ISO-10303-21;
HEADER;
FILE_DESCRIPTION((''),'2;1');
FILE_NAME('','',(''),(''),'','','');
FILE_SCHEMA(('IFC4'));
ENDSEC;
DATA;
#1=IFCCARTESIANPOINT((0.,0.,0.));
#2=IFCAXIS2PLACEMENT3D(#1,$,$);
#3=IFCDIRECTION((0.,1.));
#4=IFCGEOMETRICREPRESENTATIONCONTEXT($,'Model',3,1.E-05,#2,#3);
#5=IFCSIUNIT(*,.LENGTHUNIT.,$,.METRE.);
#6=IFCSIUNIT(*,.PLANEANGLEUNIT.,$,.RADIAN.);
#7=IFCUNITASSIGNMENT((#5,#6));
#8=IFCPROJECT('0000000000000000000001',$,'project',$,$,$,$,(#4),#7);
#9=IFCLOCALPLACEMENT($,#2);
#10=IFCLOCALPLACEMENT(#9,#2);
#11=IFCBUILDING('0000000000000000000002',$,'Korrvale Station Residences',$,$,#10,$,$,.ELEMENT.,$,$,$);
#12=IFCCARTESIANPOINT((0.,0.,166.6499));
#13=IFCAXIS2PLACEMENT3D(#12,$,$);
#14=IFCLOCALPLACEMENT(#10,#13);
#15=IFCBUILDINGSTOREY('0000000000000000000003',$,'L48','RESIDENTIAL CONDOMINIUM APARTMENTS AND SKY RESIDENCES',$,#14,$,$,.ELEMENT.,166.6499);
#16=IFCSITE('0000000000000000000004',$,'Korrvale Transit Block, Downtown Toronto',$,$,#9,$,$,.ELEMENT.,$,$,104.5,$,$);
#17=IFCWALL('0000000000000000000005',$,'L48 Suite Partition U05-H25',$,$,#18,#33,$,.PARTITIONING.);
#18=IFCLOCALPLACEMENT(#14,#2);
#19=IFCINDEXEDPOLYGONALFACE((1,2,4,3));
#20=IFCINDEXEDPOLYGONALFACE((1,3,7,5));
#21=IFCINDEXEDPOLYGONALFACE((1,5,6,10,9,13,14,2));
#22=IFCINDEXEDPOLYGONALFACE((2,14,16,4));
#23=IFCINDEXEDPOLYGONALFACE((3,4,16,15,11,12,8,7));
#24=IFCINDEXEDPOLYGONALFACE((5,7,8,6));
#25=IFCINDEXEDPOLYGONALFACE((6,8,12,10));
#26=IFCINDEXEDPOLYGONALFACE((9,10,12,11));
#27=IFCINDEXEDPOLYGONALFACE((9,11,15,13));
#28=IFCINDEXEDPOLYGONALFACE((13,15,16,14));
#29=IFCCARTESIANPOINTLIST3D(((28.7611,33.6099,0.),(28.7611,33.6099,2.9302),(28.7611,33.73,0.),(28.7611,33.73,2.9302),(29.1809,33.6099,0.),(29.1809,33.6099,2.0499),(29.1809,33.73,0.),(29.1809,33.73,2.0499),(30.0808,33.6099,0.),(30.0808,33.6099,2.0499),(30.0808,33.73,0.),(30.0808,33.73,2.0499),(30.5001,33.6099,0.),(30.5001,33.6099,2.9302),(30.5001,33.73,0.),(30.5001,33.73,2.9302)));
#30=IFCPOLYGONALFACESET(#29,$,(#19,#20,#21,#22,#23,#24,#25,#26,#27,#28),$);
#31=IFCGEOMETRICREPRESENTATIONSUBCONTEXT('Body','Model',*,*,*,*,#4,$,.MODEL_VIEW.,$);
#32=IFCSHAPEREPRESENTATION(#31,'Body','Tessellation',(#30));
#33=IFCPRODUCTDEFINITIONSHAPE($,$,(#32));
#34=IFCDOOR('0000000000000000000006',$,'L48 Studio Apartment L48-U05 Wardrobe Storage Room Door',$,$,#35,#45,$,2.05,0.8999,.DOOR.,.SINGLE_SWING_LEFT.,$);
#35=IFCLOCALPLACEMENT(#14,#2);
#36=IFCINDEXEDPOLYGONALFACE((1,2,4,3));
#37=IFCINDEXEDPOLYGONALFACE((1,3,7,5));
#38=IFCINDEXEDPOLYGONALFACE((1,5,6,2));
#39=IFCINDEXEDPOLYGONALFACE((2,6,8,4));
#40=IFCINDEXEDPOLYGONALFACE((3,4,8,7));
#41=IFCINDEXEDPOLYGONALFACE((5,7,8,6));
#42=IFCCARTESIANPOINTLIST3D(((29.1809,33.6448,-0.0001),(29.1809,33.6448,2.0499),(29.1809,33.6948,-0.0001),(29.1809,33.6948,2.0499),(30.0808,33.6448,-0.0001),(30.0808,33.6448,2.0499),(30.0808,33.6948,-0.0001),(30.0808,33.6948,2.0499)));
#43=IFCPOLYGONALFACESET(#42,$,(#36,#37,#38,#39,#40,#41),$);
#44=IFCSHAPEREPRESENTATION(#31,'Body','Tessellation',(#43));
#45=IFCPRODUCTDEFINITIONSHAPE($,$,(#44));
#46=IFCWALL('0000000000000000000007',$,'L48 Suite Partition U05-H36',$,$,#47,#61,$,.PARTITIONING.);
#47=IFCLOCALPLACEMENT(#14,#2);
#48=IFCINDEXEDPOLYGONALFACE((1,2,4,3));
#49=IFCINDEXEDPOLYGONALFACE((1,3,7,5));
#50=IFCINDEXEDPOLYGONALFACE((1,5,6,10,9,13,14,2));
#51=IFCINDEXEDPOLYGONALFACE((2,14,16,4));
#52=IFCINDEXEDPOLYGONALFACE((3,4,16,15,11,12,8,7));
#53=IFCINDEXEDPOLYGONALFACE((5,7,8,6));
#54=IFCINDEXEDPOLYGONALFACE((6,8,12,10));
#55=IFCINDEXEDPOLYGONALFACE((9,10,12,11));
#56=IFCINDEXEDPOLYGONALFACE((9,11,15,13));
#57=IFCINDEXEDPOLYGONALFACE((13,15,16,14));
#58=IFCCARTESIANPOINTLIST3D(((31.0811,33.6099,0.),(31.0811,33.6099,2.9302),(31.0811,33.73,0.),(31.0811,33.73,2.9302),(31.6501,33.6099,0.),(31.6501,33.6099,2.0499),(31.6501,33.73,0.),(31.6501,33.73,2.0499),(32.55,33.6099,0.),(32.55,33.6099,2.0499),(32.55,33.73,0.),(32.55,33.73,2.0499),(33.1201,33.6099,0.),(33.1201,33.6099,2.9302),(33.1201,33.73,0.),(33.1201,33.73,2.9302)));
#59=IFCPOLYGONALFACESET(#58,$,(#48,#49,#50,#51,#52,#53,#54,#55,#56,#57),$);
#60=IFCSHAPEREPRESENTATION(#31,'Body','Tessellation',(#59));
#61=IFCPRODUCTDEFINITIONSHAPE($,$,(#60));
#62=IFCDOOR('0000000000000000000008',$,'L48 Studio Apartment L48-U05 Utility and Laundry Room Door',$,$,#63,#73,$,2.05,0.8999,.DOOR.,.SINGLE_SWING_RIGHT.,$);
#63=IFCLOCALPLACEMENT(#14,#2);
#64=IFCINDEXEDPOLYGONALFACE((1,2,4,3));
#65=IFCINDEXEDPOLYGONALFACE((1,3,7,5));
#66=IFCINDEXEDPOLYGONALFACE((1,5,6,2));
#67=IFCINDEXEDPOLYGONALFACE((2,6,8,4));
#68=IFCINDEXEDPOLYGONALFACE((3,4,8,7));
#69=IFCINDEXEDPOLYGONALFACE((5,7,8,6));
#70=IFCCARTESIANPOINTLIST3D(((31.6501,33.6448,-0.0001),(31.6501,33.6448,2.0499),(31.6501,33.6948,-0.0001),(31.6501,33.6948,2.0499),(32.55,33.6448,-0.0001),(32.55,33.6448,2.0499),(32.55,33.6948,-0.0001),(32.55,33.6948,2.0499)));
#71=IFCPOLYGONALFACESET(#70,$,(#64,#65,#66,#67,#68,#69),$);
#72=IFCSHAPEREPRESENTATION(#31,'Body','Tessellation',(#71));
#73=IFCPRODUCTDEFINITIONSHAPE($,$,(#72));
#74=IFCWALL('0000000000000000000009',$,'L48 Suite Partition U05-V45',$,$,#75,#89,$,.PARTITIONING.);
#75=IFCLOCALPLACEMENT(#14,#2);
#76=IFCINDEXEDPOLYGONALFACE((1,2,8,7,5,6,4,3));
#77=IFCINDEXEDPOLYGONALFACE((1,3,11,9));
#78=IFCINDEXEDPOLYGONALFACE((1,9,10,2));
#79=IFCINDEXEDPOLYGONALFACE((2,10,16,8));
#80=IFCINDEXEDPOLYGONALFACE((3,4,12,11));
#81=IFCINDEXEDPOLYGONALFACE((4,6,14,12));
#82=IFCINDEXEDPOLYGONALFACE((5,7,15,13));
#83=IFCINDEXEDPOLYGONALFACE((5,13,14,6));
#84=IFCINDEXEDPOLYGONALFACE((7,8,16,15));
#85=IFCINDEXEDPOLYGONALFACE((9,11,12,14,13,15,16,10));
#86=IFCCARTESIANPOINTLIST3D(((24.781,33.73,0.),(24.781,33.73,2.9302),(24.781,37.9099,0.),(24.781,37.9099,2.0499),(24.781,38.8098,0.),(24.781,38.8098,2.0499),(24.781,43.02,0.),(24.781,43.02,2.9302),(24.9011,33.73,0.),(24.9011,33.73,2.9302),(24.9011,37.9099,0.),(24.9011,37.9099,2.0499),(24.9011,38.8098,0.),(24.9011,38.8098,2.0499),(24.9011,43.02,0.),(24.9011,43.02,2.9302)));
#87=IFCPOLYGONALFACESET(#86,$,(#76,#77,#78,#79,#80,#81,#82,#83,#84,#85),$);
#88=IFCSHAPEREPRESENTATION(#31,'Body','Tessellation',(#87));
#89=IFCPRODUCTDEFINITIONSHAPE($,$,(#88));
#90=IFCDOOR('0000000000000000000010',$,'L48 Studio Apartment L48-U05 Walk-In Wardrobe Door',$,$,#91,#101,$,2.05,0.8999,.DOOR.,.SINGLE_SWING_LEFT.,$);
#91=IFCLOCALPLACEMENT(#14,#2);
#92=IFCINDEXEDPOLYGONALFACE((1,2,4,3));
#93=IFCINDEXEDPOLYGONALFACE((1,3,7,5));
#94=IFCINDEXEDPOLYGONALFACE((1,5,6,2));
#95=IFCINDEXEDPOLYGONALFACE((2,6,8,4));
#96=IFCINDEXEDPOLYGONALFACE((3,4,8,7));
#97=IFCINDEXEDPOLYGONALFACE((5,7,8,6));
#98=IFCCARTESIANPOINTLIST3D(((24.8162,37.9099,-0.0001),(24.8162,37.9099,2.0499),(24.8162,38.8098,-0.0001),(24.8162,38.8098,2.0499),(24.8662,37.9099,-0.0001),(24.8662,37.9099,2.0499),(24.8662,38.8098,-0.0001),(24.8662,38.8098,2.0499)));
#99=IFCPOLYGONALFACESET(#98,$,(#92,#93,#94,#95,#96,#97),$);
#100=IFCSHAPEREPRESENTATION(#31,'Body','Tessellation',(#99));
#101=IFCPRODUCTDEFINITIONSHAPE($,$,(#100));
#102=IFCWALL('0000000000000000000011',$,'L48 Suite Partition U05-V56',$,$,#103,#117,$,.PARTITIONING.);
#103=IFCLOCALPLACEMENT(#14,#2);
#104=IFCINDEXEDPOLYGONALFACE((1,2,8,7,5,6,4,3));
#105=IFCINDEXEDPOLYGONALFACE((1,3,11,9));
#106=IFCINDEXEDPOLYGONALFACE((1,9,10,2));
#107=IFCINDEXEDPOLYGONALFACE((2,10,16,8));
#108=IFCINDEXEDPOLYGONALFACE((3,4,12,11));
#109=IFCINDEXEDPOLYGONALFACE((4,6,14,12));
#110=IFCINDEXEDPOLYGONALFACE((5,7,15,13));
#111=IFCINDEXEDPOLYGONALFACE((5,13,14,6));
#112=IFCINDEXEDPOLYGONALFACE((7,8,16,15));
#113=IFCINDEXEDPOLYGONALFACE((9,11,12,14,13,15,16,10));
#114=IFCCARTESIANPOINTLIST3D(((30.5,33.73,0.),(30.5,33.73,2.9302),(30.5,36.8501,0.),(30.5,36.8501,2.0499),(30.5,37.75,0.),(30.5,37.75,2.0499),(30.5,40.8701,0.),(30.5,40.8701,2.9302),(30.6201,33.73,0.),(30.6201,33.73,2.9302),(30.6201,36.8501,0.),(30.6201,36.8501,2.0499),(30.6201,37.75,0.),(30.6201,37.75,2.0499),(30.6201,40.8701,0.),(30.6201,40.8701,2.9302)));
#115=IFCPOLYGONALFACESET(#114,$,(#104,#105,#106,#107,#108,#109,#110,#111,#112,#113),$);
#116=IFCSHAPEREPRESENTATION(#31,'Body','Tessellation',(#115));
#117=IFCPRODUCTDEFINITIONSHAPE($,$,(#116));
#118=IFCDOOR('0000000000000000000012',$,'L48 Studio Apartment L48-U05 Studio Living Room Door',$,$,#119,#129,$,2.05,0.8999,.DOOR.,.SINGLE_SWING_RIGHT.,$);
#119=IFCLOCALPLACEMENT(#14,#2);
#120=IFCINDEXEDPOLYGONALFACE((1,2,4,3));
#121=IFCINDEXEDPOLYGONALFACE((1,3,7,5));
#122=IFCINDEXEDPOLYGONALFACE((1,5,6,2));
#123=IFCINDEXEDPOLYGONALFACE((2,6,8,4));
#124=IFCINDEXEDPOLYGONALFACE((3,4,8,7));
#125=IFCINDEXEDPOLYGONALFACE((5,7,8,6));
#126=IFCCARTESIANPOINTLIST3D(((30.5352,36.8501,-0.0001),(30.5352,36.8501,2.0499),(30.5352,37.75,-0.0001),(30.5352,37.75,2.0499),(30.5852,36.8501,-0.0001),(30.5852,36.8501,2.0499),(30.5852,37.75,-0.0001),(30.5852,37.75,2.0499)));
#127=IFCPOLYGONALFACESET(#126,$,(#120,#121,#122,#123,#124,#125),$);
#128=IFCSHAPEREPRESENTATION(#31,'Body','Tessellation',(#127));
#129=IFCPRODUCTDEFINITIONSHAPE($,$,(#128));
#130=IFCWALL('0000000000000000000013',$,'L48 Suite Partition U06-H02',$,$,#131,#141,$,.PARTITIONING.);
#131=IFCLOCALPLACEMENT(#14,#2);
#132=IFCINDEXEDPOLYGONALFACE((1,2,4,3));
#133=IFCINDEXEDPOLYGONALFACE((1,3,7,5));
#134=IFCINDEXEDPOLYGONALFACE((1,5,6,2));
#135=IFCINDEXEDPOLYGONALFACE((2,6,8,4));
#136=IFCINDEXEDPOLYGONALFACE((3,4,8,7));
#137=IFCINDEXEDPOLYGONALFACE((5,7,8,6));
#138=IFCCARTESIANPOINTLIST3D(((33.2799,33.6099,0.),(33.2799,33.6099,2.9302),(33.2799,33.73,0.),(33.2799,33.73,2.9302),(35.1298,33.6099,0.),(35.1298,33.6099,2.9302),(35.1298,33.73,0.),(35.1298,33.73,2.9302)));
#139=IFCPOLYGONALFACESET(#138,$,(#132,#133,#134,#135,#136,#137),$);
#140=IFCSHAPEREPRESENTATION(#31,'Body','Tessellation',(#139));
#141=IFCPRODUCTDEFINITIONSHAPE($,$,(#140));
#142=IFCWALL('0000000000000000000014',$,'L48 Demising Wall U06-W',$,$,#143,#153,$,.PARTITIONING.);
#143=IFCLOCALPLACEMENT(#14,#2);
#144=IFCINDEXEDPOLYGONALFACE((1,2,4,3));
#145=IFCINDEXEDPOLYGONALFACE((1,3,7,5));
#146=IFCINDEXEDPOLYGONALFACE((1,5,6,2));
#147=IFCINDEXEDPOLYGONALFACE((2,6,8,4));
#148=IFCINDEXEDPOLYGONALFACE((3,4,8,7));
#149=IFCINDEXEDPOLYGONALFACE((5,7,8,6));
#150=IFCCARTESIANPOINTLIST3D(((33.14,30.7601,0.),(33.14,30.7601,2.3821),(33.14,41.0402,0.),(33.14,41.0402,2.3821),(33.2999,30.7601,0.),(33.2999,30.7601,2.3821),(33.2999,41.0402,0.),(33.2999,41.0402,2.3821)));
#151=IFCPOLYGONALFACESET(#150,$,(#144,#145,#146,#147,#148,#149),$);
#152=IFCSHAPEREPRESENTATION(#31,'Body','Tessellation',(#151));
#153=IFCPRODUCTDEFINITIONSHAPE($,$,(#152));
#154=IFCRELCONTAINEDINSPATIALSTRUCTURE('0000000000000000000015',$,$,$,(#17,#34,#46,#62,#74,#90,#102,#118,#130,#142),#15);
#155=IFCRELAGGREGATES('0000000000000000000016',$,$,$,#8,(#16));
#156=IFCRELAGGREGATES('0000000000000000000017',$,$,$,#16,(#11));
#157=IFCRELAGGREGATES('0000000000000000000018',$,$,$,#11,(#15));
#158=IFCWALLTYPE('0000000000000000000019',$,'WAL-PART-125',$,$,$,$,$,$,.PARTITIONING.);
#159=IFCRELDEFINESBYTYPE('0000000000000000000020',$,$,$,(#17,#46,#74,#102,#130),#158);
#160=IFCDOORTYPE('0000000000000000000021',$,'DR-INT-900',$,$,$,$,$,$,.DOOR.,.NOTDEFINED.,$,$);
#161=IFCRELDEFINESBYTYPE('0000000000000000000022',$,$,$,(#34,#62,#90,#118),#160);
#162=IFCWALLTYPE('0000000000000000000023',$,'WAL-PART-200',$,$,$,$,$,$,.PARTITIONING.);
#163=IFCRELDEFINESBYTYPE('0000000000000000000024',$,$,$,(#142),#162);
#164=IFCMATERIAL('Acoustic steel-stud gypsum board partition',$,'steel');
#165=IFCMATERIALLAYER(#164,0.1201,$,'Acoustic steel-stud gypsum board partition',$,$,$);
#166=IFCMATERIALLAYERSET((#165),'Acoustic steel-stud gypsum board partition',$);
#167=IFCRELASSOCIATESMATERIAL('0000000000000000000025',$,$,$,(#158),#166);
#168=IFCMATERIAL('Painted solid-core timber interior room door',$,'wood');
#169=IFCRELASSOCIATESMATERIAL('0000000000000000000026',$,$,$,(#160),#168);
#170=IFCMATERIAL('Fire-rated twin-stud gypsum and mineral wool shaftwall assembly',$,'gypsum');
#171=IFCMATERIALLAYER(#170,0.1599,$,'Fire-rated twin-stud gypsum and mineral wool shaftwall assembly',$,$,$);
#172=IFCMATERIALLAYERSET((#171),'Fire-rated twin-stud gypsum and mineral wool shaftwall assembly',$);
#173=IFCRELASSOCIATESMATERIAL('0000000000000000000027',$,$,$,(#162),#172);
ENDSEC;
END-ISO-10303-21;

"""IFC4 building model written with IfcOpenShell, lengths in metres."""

from ifc_helpers import new_model, si_unit, direction, frame, frame_2d, origin, place, context, subcontext, project, spatial, rectangle, extrude, material, layer, layer_set, type_object, element, fill, save


model = new_model("IFC4")

# Units and contexts
model_context = context("Model", 3, precision=1e-05, world=origin(), true_north=direction((0.0, 1.0)))
body_context = subcontext(model_context, "Body", "Model", "MODEL_VIEW")
ifc_project = project(units=[si_unit("LENGTHUNIT", "METRE"), si_unit("PLANEANGLEUNIT", "RADIAN")], contexts=[model_context])

# Site, building, storey
site_placement = place(None, origin())
site = spatial("IfcSite", under=ifc_project, at=site_placement, Name="Korrvale Transit Block, Downtown Toronto", CompositionType="ELEMENT", RefElevation=104.5)
building_placement = place(site_placement, origin())
building = spatial("IfcBuilding", under=site, at=building_placement, Name="Korrvale Station Residences", CompositionType="ELEMENT")
storey_placement = place(building_placement, frame((0.0, 0.0, 166.6499)))
storey = spatial("IfcBuildingStorey", under=building, at=storey_placement, Name="L48", Description="RESIDENTIAL CONDOMINIUM APARTMENTS AND SKY RESIDENCES", CompositionType="ELEMENT", Elevation=166.6499)

# Walls, openings, doors
ifc_material_1 = material(Name="Acoustic steel-stud gypsum board partition", Category="steel")
ifc_layer_1 = layer(ifc_material_1, 0.1201, Name="Acoustic steel-stud gypsum board partition")
ifc_layer_set_1 = layer_set([ifc_layer_1], Name="Acoustic steel-stud gypsum board partition")
wall_type_1 = type_object("IfcWallType", Name="WAL-PART-125", PredefinedType="PARTITIONING", material=ifc_layer_set_1)
ifc_material_2 = material(Name="Painted solid-core timber interior room door", Category="wood")
door_type_1 = type_object("IfcDoorType", Name="DR-INT-900", OperationType="NOTDEFINED", PredefinedType="DOOR", material=ifc_material_2)
wall_1_placement = place(storey_placement, frame((28.761, 33.6699, 0.0), z_axis=(0.0, 0.0, 1.0), x_axis=(1.0, 0.0, 0.0)))
wall_1 = element("IfcWall", 1, at=wall_1_placement, inside=storey, type_object=wall_type_1, Name="L48 Suite Partition U05-H25", PredefinedType="PARTITIONING", context=body_context, shape_type="SweptSolid", body=[
    extrude(rectangle(XDim=1.739, YDim=0.1201, at=frame_2d((0.8696, 0.0))), origin(), (0.0, 0.0, 1.0), 2.9302),
])
opening_1_placement = place(wall_1_placement, frame((0.4199, 0.0, 0.0)))
opening_1 = element("IfcOpeningElement", 2, at=opening_1_placement, cuts=wall_1, PredefinedType="OPENING", context=body_context, shape_type="SweptSolid", body=[
    extrude(rectangle(XDim=0.8999, YDim=2.05, at=frame_2d((0.45, 1.0249))), frame((0.0, 0.0701, 0.0), z_axis=(0.0, -1.0, 0.0), x_axis=(1.0, 0.0, 0.0)), (0.0, 0.0, 1.0), 0.1401),
])
door_1_placement = place(opening_1_placement, origin())
door_1 = element("IfcDoor", 3, at=door_1_placement, inside=storey, type_object=door_type_1, Name="L48 Studio Apartment L48-U05 Wardrobe Storage Room Door", OperationType="SINGLE_SWING_LEFT", OverallHeight=2.05, OverallWidth=0.8999, PredefinedType="DOOR", context=body_context, shape_type="SweptSolid", body=[
    extrude(rectangle(XDim=0.8999, YDim=2.05, at=frame_2d((0.45, 1.0249))), frame((0.0, 0.0249, 0.0), z_axis=(0.0, -1.0, 0.0), x_axis=(1.0, 0.0, 0.0)), (0.0, 0.0, 1.0), 0.05),
])
fill(opening_1, door_1)
wall_2_placement = place(storey_placement, frame((31.0811, 33.6699, 0.0), z_axis=(0.0, 0.0, 1.0), x_axis=(1.0, 0.0, 0.0)))
wall_2 = element("IfcWall", 4, at=wall_2_placement, inside=storey, type_object=wall_type_1, Name="L48 Suite Partition U05-H36", PredefinedType="PARTITIONING", context=body_context, shape_type="SweptSolid", body=[
    extrude(rectangle(XDim=2.0391, YDim=0.1201, at=frame_2d((1.0195, 0.0))), origin(), (0.0, 0.0, 1.0), 2.9302),
])
opening_2_placement = place(wall_2_placement, frame((0.5691, 0.0, 0.0)))
opening_2 = element("IfcOpeningElement", 5, at=opening_2_placement, cuts=wall_2, PredefinedType="OPENING", context=body_context, shape_type="SweptSolid", body=[
    extrude(rectangle(XDim=0.8999, YDim=2.05, at=frame_2d((0.45, 1.0249))), frame((0.0, 0.0701, 0.0), z_axis=(0.0, -1.0, 0.0), x_axis=(1.0, 0.0, 0.0)), (0.0, 0.0, 1.0), 0.1401),
])
door_2_placement = place(opening_2_placement, origin())
door_2 = element("IfcDoor", 6, at=door_2_placement, inside=storey, type_object=door_type_1, Name="L48 Studio Apartment L48-U05 Utility and Laundry Room Door", OperationType="SINGLE_SWING_RIGHT", OverallHeight=2.05, OverallWidth=0.8999, PredefinedType="DOOR", context=body_context, shape_type="SweptSolid", body=[
    extrude(rectangle(XDim=0.8999, YDim=2.05, at=frame_2d((0.45, 1.0249))), frame((0.0, 0.0249, 0.0), z_axis=(0.0, -1.0, 0.0), x_axis=(1.0, 0.0, 0.0)), (0.0, 0.0, 1.0), 0.05),
])
fill(opening_2, door_2)
wall_3_placement = place(storey_placement, frame((24.8411, 33.73, 0.0), z_axis=(0.0, 0.0, 1.0), x_axis=(0.0, 1.0, 0.0)))
wall_3 = element("IfcWall", 7, at=wall_3_placement, inside=storey, type_object=wall_type_1, Name="L48 Suite Partition U05-V45", PredefinedType="PARTITIONING", context=body_context, shape_type="SweptSolid", body=[
    extrude(rectangle(XDim=9.29, YDim=0.1201, at=frame_2d((4.645, 0.0))), origin(), (0.0, 0.0, 1.0), 2.9302),
])
opening_3_placement = place(wall_3_placement, frame((4.1799, 0.0, 0.0)))
opening_3 = element("IfcOpeningElement", 8, at=opening_3_placement, cuts=wall_3, PredefinedType="OPENING", context=body_context, shape_type="SweptSolid", body=[
    extrude(rectangle(XDim=0.8999, YDim=2.05, at=frame_2d((0.45, 1.0249))), frame((0.0, 0.0701, 0.0), z_axis=(0.0, -1.0, 0.0), x_axis=(1.0, 0.0, 0.0)), (0.0, 0.0, 1.0), 0.1401),
])
door_3_placement = place(opening_3_placement, origin())
door_3 = element("IfcDoor", 9, at=door_3_placement, inside=storey, type_object=door_type_1, Name="L48 Studio Apartment L48-U05 Walk-In Wardrobe Door", OperationType="SINGLE_SWING_LEFT", OverallHeight=2.05, OverallWidth=0.8999, PredefinedType="DOOR", context=body_context, shape_type="SweptSolid", body=[
    extrude(rectangle(XDim=0.8999, YDim=2.05, at=frame_2d((0.45, 1.0249))), frame((0.0, 0.0249, 0.0), z_axis=(0.0, -1.0, 0.0), x_axis=(1.0, 0.0, 0.0)), (0.0, 0.0, 1.0), 0.05),
])
fill(opening_3, door_3)
wall_4_placement = place(storey_placement, frame((30.5601, 33.73, 0.0), z_axis=(0.0, 0.0, 1.0), x_axis=(0.0, 1.0, 0.0)))
wall_4 = element("IfcWall", 10, at=wall_4_placement, inside=storey, type_object=wall_type_1, Name="L48 Suite Partition U05-V56", PredefinedType="PARTITIONING", context=body_context, shape_type="SweptSolid", body=[
    extrude(rectangle(XDim=7.1401, YDim=0.1201, at=frame_2d((3.5701, 0.0))), origin(), (0.0, 0.0, 1.0), 2.9302),
])
opening_4_placement = place(wall_4_placement, frame((3.1201, 0.0, 0.0)))
opening_4 = element("IfcOpeningElement", 11, at=opening_4_placement, cuts=wall_4, PredefinedType="OPENING", context=body_context, shape_type="SweptSolid", body=[
    extrude(rectangle(XDim=0.8999, YDim=2.05, at=frame_2d((0.45, 1.0249))), frame((0.0, 0.0701, 0.0), z_axis=(0.0, -1.0, 0.0), x_axis=(1.0, 0.0, 0.0)), (0.0, 0.0, 1.0), 0.1401),
])
door_4_placement = place(opening_4_placement, origin())
door_4 = element("IfcDoor", 12, at=door_4_placement, inside=storey, type_object=door_type_1, Name="L48 Studio Apartment L48-U05 Studio Living Room Door", OperationType="SINGLE_SWING_RIGHT", OverallHeight=2.05, OverallWidth=0.8999, PredefinedType="DOOR", context=body_context, shape_type="SweptSolid", body=[
    extrude(rectangle(XDim=0.8999, YDim=2.05, at=frame_2d((0.45, 1.0249))), frame((0.0, 0.0249, 0.0), z_axis=(0.0, -1.0, 0.0), x_axis=(1.0, 0.0, 0.0)), (0.0, 0.0, 1.0), 0.05),
])
fill(opening_4, door_4)

# Walls
wall_5_placement = place(storey_placement, frame((33.28, 33.6699, 0.0), z_axis=(0.0, 0.0, 1.0), x_axis=(1.0, 0.0, 0.0)))
element("IfcWall", 13, at=wall_5_placement, inside=storey, type_object=wall_type_1, Name="L48 Suite Partition U06-H02", PredefinedType="PARTITIONING", context=body_context, shape_type="SweptSolid", body=[
    extrude(rectangle(XDim=1.8499, YDim=0.1201, at=frame_2d((0.9248, 0.0))), origin(), (0.0, 0.0, 1.0), 2.9302),
])
ifc_material_3 = material(Name="Fire-rated twin-stud gypsum and mineral wool shaftwall assembly", Category="gypsum")
ifc_layer_2 = layer(ifc_material_3, 0.1599, Name="Fire-rated twin-stud gypsum and mineral wool shaftwall assembly")
ifc_layer_set_2 = layer_set([ifc_layer_2], Name="Fire-rated twin-stud gypsum and mineral wool shaftwall assembly")
wall_type_2 = type_object("IfcWallType", Name="WAL-PART-200", PredefinedType="PARTITIONING", material=ifc_layer_set_2)
wall_6_placement = place(storey_placement, frame((33.22, 30.76, 0.0), z_axis=(0.0, 0.0, 1.0), x_axis=(0.0, 1.0, 0.0)))
element("IfcWall", 14, at=wall_6_placement, inside=storey, type_object=wall_type_2, Name="L48 Demising Wall U06-W", PredefinedType="PARTITIONING", context=body_context, shape_type="SweptSolid", body=[
    extrude(rectangle(XDim=10.28, YDim=0.1599, at=frame_2d((5.1401, 0.0))), origin(), (0.0, 0.0, 1.0), 2.3821),
])

save(model, "model.ifc")
